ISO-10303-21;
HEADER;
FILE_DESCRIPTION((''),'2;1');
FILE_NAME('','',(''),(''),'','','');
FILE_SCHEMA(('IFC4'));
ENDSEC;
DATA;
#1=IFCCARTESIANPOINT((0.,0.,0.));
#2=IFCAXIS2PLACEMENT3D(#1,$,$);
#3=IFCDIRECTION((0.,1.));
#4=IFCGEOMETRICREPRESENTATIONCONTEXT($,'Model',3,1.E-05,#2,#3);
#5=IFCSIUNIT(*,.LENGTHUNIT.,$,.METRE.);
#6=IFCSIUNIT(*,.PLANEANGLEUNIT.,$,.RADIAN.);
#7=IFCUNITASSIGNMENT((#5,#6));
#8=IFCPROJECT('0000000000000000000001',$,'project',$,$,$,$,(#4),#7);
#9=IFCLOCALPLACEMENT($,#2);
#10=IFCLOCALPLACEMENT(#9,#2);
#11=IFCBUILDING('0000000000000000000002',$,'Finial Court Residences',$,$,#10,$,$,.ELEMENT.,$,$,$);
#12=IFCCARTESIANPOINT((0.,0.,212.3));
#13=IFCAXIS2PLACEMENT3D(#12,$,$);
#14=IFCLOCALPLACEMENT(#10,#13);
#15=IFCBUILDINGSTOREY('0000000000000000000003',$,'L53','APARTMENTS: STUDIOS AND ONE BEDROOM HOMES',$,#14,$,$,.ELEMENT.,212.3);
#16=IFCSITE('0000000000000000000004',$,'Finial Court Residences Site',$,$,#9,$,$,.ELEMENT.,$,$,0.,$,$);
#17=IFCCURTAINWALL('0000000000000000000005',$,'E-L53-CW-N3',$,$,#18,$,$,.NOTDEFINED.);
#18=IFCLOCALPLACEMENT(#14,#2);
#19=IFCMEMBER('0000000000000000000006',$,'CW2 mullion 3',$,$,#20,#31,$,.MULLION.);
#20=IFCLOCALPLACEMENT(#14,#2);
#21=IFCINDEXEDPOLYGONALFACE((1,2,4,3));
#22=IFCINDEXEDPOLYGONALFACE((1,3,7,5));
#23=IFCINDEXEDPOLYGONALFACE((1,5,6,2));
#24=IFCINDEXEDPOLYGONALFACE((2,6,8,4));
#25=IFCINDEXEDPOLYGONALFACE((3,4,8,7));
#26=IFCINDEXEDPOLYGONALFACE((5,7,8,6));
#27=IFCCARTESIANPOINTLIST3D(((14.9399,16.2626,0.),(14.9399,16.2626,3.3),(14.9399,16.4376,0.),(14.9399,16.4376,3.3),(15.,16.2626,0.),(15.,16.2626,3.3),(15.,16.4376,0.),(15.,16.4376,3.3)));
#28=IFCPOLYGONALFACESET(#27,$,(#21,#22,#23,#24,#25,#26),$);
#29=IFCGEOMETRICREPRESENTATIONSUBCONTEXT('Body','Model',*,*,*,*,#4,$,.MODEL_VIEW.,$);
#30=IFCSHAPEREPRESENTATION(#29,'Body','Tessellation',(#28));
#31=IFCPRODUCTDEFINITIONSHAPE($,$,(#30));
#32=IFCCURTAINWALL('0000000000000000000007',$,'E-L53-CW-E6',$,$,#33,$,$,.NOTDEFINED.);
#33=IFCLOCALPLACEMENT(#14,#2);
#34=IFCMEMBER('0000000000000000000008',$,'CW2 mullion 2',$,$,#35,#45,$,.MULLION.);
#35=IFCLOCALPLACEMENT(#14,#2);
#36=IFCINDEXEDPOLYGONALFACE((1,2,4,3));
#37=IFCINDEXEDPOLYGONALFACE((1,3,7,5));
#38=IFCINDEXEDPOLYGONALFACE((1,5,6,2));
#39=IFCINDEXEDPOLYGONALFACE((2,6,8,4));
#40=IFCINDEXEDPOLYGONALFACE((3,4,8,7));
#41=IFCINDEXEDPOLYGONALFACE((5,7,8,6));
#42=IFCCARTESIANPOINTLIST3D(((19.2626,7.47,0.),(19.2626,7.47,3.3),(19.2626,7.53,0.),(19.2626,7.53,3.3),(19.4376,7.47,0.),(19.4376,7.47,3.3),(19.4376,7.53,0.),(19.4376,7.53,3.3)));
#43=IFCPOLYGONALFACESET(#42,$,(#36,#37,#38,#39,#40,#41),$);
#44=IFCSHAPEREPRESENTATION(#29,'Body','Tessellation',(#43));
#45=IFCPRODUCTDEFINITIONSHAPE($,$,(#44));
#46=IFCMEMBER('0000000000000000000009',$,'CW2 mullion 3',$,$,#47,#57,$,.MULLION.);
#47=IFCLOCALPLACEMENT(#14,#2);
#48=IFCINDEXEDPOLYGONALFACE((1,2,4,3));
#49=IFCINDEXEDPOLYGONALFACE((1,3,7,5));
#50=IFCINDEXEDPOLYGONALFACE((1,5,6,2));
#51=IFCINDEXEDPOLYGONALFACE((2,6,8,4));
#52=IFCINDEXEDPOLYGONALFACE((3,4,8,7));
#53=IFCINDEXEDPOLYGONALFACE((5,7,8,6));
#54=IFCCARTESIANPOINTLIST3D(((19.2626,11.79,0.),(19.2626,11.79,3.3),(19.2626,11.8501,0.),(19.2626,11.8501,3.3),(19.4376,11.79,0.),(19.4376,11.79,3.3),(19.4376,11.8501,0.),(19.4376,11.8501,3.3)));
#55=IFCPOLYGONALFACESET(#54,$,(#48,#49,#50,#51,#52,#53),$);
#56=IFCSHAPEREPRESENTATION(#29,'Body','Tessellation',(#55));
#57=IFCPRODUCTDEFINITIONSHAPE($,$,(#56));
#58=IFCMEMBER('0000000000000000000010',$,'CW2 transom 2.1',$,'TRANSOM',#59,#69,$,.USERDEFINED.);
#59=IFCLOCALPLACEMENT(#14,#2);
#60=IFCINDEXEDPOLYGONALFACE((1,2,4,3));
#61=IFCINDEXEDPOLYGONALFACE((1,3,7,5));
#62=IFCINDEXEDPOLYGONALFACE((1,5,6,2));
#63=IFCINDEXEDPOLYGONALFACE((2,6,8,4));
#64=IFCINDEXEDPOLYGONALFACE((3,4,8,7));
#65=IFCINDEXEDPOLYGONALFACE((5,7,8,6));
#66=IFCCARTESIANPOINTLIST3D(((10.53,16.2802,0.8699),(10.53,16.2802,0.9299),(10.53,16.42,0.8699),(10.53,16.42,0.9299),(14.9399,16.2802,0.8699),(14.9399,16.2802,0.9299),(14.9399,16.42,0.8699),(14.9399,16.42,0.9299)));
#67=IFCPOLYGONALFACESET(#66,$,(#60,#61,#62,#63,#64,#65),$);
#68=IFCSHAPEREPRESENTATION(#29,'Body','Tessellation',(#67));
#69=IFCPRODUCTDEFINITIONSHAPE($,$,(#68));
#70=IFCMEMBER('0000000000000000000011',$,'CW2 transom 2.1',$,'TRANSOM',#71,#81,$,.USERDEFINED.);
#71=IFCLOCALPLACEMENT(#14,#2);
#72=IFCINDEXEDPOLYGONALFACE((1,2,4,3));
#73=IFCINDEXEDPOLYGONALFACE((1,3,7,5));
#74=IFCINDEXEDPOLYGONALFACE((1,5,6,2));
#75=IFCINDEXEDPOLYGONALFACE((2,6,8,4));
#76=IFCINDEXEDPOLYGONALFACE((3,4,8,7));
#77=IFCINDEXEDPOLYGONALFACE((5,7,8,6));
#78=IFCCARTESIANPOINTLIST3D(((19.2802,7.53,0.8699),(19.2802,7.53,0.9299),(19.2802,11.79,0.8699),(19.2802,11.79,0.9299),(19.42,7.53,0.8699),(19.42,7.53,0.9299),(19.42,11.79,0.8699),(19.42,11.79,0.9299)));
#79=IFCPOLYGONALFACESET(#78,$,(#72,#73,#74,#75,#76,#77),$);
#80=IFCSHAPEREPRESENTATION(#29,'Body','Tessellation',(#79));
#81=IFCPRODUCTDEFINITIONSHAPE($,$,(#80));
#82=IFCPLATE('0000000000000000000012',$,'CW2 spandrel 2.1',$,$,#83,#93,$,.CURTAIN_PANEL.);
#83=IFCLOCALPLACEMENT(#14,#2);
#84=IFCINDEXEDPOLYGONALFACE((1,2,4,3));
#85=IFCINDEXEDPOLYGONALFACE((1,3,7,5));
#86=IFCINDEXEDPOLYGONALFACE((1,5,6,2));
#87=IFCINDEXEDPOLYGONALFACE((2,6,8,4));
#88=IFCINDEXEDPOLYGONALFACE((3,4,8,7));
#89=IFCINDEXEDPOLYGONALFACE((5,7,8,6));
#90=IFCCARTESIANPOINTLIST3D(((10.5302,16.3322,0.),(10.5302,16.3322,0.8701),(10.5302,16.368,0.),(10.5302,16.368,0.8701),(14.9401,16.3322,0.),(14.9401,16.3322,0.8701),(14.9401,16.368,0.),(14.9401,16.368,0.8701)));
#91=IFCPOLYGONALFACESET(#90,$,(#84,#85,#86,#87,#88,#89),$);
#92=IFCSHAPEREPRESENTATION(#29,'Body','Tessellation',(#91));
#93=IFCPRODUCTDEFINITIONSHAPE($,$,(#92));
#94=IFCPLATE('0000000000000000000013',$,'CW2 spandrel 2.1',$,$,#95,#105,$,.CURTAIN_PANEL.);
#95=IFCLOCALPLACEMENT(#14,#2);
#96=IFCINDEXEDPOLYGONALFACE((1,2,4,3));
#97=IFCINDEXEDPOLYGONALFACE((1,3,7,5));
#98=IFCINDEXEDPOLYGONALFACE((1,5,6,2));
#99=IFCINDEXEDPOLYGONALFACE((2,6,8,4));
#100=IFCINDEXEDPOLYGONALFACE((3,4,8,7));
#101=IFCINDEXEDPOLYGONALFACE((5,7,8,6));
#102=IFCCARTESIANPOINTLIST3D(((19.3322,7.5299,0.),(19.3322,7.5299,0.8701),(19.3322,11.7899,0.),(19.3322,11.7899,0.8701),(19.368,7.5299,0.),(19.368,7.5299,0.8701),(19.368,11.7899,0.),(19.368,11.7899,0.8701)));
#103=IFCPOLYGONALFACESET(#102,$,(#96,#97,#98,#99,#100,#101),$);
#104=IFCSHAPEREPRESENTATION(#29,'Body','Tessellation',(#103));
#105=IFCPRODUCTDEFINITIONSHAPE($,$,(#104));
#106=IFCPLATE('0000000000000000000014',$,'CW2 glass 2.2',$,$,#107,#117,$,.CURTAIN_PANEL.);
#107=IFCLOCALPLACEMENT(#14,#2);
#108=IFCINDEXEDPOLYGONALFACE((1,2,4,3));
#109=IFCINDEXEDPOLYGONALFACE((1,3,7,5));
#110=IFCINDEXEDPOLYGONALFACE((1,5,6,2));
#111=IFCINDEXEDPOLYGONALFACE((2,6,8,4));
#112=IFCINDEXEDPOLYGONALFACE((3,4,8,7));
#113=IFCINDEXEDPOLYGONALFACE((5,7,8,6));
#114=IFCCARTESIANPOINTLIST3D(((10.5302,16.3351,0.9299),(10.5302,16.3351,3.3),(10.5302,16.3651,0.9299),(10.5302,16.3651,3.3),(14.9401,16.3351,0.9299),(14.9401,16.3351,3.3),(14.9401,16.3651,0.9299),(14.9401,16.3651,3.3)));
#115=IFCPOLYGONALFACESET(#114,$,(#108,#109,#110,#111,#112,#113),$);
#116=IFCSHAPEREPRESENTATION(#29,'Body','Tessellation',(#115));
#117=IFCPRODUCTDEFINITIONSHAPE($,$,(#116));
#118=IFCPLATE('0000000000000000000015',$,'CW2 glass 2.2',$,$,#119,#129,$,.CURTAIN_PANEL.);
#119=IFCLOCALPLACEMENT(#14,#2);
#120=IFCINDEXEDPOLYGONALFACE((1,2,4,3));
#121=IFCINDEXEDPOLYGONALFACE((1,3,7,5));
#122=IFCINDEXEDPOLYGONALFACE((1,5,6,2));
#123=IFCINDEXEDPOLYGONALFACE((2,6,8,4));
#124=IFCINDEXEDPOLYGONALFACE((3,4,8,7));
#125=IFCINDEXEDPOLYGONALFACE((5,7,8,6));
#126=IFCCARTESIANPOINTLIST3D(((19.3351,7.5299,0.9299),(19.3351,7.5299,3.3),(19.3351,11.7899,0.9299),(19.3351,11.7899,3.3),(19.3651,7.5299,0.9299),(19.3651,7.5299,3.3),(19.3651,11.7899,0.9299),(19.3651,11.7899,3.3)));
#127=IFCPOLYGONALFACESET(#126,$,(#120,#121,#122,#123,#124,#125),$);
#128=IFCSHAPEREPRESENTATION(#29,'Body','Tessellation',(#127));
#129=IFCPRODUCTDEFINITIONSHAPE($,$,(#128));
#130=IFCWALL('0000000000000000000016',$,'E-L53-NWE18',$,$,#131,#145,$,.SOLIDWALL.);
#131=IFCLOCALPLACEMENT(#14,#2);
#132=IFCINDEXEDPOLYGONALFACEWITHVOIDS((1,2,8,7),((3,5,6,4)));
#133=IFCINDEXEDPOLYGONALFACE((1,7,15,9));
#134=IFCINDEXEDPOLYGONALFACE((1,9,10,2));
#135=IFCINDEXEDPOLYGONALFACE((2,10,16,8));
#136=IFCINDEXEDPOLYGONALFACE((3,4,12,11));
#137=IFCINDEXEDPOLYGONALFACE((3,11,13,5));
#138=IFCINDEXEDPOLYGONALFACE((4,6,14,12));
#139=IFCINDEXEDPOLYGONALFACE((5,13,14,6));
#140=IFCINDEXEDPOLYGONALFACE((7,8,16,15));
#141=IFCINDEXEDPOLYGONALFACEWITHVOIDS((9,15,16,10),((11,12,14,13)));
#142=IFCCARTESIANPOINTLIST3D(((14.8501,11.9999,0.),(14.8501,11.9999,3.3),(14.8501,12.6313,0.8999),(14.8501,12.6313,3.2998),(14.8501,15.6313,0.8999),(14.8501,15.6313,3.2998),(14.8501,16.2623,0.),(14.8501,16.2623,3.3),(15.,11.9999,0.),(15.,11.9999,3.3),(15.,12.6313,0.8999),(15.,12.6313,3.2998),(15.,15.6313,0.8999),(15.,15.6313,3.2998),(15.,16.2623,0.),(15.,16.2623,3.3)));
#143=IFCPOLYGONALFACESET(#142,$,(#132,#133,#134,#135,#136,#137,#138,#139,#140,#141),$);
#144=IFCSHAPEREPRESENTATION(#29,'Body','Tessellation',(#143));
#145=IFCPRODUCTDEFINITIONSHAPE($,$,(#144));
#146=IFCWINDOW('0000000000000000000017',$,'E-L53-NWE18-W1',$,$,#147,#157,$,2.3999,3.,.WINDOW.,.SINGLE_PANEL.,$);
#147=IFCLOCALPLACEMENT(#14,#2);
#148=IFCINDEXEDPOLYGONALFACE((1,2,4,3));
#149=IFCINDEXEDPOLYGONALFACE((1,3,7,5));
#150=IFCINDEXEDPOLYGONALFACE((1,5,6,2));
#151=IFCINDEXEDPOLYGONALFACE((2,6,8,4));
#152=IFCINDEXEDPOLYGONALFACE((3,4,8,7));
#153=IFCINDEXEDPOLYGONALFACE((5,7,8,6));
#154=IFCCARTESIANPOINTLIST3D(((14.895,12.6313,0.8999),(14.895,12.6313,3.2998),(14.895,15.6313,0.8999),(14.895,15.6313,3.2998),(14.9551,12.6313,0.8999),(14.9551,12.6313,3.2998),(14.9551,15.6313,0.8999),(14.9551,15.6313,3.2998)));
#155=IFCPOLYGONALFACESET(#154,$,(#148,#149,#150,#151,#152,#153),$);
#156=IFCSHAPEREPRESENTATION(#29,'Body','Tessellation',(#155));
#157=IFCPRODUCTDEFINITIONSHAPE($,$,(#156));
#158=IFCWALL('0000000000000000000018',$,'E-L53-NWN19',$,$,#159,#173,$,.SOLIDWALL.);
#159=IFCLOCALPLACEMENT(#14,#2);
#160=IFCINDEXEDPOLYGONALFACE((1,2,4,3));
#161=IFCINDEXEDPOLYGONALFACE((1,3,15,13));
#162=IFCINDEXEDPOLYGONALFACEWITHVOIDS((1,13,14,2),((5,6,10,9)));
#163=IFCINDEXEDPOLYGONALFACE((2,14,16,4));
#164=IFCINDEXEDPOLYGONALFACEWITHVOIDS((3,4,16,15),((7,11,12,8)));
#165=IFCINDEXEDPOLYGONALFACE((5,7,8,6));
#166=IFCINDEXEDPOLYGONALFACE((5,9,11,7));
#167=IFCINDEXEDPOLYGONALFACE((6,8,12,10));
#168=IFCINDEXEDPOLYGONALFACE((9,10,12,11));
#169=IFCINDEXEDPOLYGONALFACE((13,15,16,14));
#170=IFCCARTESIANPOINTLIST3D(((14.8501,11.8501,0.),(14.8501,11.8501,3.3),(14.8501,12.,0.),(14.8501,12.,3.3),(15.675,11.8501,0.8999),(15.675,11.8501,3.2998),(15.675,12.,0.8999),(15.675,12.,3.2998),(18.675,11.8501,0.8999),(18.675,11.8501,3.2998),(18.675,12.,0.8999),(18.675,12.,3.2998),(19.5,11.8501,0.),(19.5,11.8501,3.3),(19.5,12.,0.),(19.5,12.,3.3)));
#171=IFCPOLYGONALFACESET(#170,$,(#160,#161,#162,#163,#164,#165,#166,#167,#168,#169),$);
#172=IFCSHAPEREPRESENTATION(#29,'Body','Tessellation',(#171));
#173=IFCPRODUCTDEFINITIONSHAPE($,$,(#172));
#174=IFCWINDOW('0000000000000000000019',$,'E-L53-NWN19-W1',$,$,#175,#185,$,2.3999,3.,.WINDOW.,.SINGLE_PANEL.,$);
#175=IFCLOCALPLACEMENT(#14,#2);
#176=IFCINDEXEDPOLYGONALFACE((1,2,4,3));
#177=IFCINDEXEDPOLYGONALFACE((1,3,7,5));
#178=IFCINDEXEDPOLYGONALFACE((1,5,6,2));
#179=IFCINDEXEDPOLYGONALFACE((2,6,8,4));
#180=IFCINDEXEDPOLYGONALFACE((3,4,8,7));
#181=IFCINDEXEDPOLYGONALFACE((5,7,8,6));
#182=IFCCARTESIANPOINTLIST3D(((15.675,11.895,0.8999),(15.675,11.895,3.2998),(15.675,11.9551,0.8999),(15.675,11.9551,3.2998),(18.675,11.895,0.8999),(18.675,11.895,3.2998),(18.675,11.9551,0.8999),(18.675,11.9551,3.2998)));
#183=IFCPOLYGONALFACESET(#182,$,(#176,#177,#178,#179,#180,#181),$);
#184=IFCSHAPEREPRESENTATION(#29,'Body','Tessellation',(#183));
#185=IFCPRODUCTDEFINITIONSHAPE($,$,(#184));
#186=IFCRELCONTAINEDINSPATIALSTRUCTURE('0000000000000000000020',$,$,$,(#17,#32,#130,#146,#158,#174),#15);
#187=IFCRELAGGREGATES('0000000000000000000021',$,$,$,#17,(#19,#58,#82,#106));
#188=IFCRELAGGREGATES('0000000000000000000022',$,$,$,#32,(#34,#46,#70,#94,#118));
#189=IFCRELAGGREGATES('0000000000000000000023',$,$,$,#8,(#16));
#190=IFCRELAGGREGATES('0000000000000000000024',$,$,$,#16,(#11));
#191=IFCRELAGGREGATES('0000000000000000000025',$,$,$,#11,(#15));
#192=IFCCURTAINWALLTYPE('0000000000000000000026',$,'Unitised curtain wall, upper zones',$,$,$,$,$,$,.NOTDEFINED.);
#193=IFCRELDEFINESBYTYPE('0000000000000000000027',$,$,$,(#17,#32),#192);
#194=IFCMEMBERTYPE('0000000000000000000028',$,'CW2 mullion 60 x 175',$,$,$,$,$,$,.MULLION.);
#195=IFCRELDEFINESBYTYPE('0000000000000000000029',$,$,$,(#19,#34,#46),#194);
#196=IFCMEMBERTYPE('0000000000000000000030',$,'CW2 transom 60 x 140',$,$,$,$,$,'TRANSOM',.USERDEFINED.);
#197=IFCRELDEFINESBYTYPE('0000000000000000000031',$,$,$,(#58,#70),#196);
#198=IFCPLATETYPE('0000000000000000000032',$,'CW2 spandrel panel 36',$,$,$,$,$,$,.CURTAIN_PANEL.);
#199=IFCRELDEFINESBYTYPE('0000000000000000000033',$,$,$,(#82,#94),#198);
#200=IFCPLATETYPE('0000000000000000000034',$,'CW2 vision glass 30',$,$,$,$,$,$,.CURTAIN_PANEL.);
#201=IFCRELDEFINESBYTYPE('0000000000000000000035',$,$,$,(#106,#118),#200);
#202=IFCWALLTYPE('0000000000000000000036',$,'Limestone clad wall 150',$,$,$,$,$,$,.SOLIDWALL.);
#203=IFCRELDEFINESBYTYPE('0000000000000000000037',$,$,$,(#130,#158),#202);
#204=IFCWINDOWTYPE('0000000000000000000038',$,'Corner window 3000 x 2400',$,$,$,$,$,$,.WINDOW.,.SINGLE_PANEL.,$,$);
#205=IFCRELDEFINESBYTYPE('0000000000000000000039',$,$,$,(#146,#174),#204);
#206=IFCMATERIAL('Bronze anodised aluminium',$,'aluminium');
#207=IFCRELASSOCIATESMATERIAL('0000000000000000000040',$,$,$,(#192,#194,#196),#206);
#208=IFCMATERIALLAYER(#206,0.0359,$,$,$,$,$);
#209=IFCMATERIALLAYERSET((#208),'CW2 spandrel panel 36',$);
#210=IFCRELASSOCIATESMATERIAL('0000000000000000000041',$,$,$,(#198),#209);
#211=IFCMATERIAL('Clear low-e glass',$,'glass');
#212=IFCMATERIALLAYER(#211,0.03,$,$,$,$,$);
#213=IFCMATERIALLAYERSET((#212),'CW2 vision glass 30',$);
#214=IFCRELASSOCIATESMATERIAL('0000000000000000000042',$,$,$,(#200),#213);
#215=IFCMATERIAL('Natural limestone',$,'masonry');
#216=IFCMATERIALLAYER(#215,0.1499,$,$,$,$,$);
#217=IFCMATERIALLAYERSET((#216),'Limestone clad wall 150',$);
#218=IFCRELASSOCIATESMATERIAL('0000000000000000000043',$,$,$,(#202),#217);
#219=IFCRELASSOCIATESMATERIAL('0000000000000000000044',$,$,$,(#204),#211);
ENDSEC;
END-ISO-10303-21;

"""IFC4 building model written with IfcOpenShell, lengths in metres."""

from ifc_helpers import new_model, si_unit, direction, frame, frame_2d, origin, origin_2d, place, context, subcontext, project, spatial, rectangle, extrude, material, layer, layer_set, material_profile, profile_set, type_object, element, fill, aggregate, save


model = new_model("IFC4")

# Units and contexts
model_context = context("Model", 3, precision=1e-05, world=origin(), true_north=direction((0.0, 1.0)))
body_context = subcontext(model_context, "Body", "Model", "MODEL_VIEW")
ifc_project = project(units=[si_unit("LENGTHUNIT", "METRE"), si_unit("PLANEANGLEUNIT", "RADIAN")], contexts=[model_context])

# Site, building, storey
site_placement = place(None, origin())
site = spatial("IfcSite", under=ifc_project, at=site_placement, Name="Finial Court Residences Site", CompositionType="ELEMENT", RefElevation=0.0)
building_placement = place(site_placement, origin())
building = spatial("IfcBuilding", under=site, at=building_placement, Name="Finial Court Residences", CompositionType="ELEMENT")
storey_placement = place(building_placement, frame((0.0, 0.0, 212.3)))
storey = spatial("IfcBuildingStorey", under=building, at=storey_placement, Name="L53", Description="APARTMENTS: STUDIOS AND ONE BEDROOM HOMES", CompositionType="ELEMENT", Elevation=212.3)

# Curtain wall, member
ifc_material_1 = material(Name="Bronze anodised aluminium", Category="aluminium")
curtain_wall_type = type_object("IfcCurtainWallType", Name="Unitised curtain wall, upper zones", PredefinedType="NOTDEFINED", material=ifc_material_1)
curtain_wall_1_placement = place(storey_placement, origin())
curtain_wall_1 = element("IfcCurtainWall", 1, at=curtain_wall_1_placement, inside=storey, type_object=curtain_wall_type, Name="E-L53-CW-N3", PredefinedType="NOTDEFINED")
ifc_material_profile_1 = material_profile(ifc_material_1, rectangle(XDim=0.175, YDim=0.0601, at=origin_2d()), Name="CW2 mullion 60 x 175")
ifc_profile_set_1 = profile_set([ifc_material_profile_1], Name="Bronze anodised aluminium")
member_type_1 = type_object("IfcMemberType", Name="CW2 mullion 60 x 175", PredefinedType="MULLION", material=ifc_profile_set_1)
member_1_placement = place(storey_placement, frame((14.97, 16.3501, 0.0), z_axis=(0.0, 0.0, 1.0), x_axis=(0.0, 1.0, 0.0)))
member_1 = element("IfcMember", 2, at=member_1_placement, type_object=member_type_1, Name="CW2 mullion 3", PredefinedType="MULLION", context=body_context, shape_type="SweptSolid", body=[
    extrude(rectangle(XDim=0.175, YDim=0.0601, at=origin_2d()), origin(), (0.0, 0.0, 1.0), 3.3),
])

# Curtain wall, members
curtain_wall_2_placement = place(storey_placement, origin())
curtain_wall_2 = element("IfcCurtainWall", 3, at=curtain_wall_2_placement, inside=storey, type_object=curtain_wall_type, Name="E-L53-CW-E6", PredefinedType="NOTDEFINED")
member_2_placement = place(storey_placement, frame((19.3501, 7.5, 0.0), z_axis=(0.0, 0.0, 1.0), x_axis=(-1.0, 0.0, 0.0)))
member_2 = element("IfcMember", 4, at=member_2_placement, type_object=member_type_1, Name="CW2 mullion 2", PredefinedType="MULLION", context=body_context, shape_type="SweptSolid", body=[
    extrude(rectangle(XDim=0.175, YDim=0.0601, at=origin_2d()), origin(), (0.0, 0.0, 1.0), 3.3),
])
member_3_placement = place(storey_placement, frame((19.3501, 11.8201, 0.0), z_axis=(0.0, 0.0, 1.0), x_axis=(-1.0, 0.0, 0.0)))
member_3 = element("IfcMember", 5, at=member_3_placement, type_object=member_type_1, Name="CW2 mullion 3", PredefinedType="MULLION", context=body_context, shape_type="SweptSolid", body=[
    extrude(rectangle(XDim=0.175, YDim=0.0601, at=origin_2d()), origin(), (0.0, 0.0, 1.0), 3.3),
])

# Members
ifc_material_profile_2 = material_profile(ifc_material_1, rectangle(XDim=0.1399, YDim=0.0601, at=origin_2d()), Name="CW2 transom 60 x 140")
ifc_profile_set_2 = profile_set([ifc_material_profile_2], Name="Bronze anodised aluminium")
member_type_2 = type_object("IfcMemberType", Name="CW2 transom 60 x 140", ElementType="TRANSOM", PredefinedType="USERDEFINED", material=ifc_profile_set_2)
member_4_placement = place(storey_placement, frame((10.53, 16.3501, 0.8999), z_axis=(1.0, 0.0, 0.0), x_axis=(0.0, 1.0, 0.0)))
member_4 = element("IfcMember", 6, at=member_4_placement, type_object=member_type_2, Name="CW2 transom 2.1", ObjectType="TRANSOM", PredefinedType="USERDEFINED", context=body_context, shape_type="SweptSolid", body=[
    extrude(rectangle(XDim=0.1399, YDim=0.0601, at=origin_2d()), origin(), (0.0, 0.0, 1.0), 4.4099),
])
member_5_placement = place(storey_placement, frame((19.3501, 7.53, 0.8999), z_axis=(0.0, 1.0, 0.0), x_axis=(-1.0, 0.0, 0.0)))
member_5 = element("IfcMember", 7, at=member_5_placement, type_object=member_type_2, Name="CW2 transom 2.1", ObjectType="TRANSOM", PredefinedType="USERDEFINED", context=body_context, shape_type="SweptSolid", body=[
    extrude(rectangle(XDim=0.1399, YDim=0.0601, at=origin_2d()), origin(), (0.0, 0.0, 1.0), 4.26),
])

# Plates
ifc_layer_1 = layer(ifc_material_1, 0.0359)
ifc_layer_set_1 = layer_set([ifc_layer_1], Name="CW2 spandrel panel 36")
plate_type_1 = type_object("IfcPlateType", Name="CW2 spandrel panel 36", PredefinedType="CURTAIN_PANEL", material=ifc_layer_set_1)
plate_1_placement = place(storey_placement, frame((12.7351, 16.3501, 0.0), z_axis=(0.0, 0.0, 1.0), x_axis=(1.0, 0.0, 0.0)))
plate_1 = element("IfcPlate", 8, at=plate_1_placement, type_object=plate_type_1, Name="CW2 spandrel 2.1", PredefinedType="CURTAIN_PANEL", context=body_context, shape_type="SweptSolid", body=[
    extrude(rectangle(XDim=4.4099, YDim=0.0359, at=origin_2d()), origin(), (0.0, 0.0, 1.0), 0.8701),
])
plate_2_placement = place(storey_placement, frame((19.3501, 9.6599, 0.0), z_axis=(0.0, 0.0, 1.0), x_axis=(0.0, 1.0, 0.0)))
plate_2 = element("IfcPlate", 9, at=plate_2_placement, type_object=plate_type_1, Name="CW2 spandrel 2.1", PredefinedType="CURTAIN_PANEL", context=body_context, shape_type="SweptSolid", body=[
    extrude(rectangle(XDim=4.26, YDim=0.0359, at=origin_2d()), origin(), (0.0, 0.0, 1.0), 0.8701),
])
ifc_material_2 = material(Name="Clear low-e glass", Category="glass")
ifc_layer_2 = layer(ifc_material_2, 0.03)
ifc_layer_set_2 = layer_set([ifc_layer_2], Name="CW2 vision glass 30")
plate_type_2 = type_object("IfcPlateType", Name="CW2 vision glass 30", PredefinedType="CURTAIN_PANEL", material=ifc_layer_set_2)
plate_3_placement = place(storey_placement, frame((12.7351, 16.3501, 0.9299), z_axis=(0.0, 0.0, 1.0), x_axis=(1.0, 0.0, 0.0)))
plate_3 = element("IfcPlate", 10, at=plate_3_placement, type_object=plate_type_2, Name="CW2 glass 2.2", PredefinedType="CURTAIN_PANEL", context=body_context, shape_type="SweptSolid", body=[
    extrude(rectangle(XDim=4.4099, YDim=0.03, at=origin_2d()), origin(), (0.0, 0.0, 1.0), 2.3701),
])
aggregate(curtain_wall_1, [member_1, member_4, plate_1, plate_3])
plate_4_placement = place(storey_placement, frame((19.3501, 9.6599, 0.9299), z_axis=(0.0, 0.0, 1.0), x_axis=(0.0, 1.0, 0.0)))
plate_4 = element("IfcPlate", 11, at=plate_4_placement, type_object=plate_type_2, Name="CW2 glass 2.2", PredefinedType="CURTAIN_PANEL", context=body_context, shape_type="SweptSolid", body=[
    extrude(rectangle(XDim=4.26, YDim=0.03, at=origin_2d()), origin(), (0.0, 0.0, 1.0), 2.3701),
])
aggregate(curtain_wall_2, [member_2, member_3, member_5, plate_2, plate_4])

# Walls, openings, windows
ifc_material_3 = material(Name="Natural limestone", Category="masonry")
ifc_layer_3 = layer(ifc_material_3, 0.1499)
ifc_layer_set_3 = layer_set([ifc_layer_3], Name="Limestone clad wall 150")
wall_type = type_object("IfcWallType", Name="Limestone clad wall 150", PredefinedType="SOLIDWALL", material=ifc_layer_set_3)
wall_1_placement = place(storey_placement, frame((14.925, 16.2625, 0.0), z_axis=(0.0, 0.0, 1.0), x_axis=(0.0, -1.0, 0.0)))
wall_1 = element("IfcWall", 12, at=wall_1_placement, inside=storey, type_object=wall_type, Name="E-L53-NWE18", PredefinedType="SOLIDWALL", context=body_context, shape_type="SweptSolid", body=[
    extrude(rectangle(XDim=4.2625, YDim=0.1499, at=frame_2d((2.1313, 0.0))), origin(), (0.0, 0.0, 1.0), 3.3),
])
opening_1_placement = place(wall_1_placement, frame((0.6311, 0.0, 0.8999)))
opening_1 = element("IfcOpeningElement", 13, at=opening_1_placement, cuts=wall_1, PredefinedType="OPENING", context=body_context, shape_type="SweptSolid", body=[
    extrude(rectangle(XDim=3.0, YDim=2.3999, at=frame_2d((1.5, 1.2))), frame((0.0, 0.085, 0.0), z_axis=(0.0, -1.0, 0.0), x_axis=(1.0, 0.0, 0.0)), (0.0, 0.0, 1.0), 0.1699),
])
window_type = type_object("IfcWindowType", Name="Corner window 3000 x 2400", PartitioningType="SINGLE_PANEL", PredefinedType="WINDOW", material=ifc_material_2)
window_1_placement = place(opening_1_placement, origin())
window_1 = element("IfcWindow", 14, at=window_1_placement, inside=storey, type_object=window_type, Name="E-L53-NWE18-W1", OverallHeight=2.3999, OverallWidth=3.0, PartitioningType="SINGLE_PANEL", PredefinedType="WINDOW", context=body_context, shape_type="SweptSolid", body=[
    extrude(rectangle(XDim=3.0, YDim=2.3999, at=frame_2d((1.5, 1.2))), frame((0.0, 0.03, 0.0), z_axis=(0.0, -1.0, 0.0), x_axis=(1.0, 0.0, 0.0)), (0.0, 0.0, 1.0), 0.0601),
])
fill(opening_1, window_1)
wall_2_placement = place(storey_placement, frame((14.8501, 11.925, 0.0), z_axis=(0.0, 0.0, 1.0), x_axis=(1.0, 0.0, 0.0)))
wall_2 = element("IfcWall", 15, at=wall_2_placement, inside=storey, type_object=wall_type, Name="E-L53-NWN19", PredefinedType="SOLIDWALL", context=body_context, shape_type="SweptSolid", body=[
    extrude(rectangle(XDim=4.6499, YDim=0.1499, at=frame_2d((2.325, 0.0))), origin(), (0.0, 0.0, 1.0), 3.3),
])
opening_2_placement = place(wall_2_placement, frame((0.825, 0.0, 0.8999)))
opening_2 = element("IfcOpeningElement", 16, at=opening_2_placement, cuts=wall_2, PredefinedType="OPENING", context=body_context, shape_type="SweptSolid", body=[
    extrude(rectangle(XDim=3.0, YDim=2.3999, at=frame_2d((1.5, 1.2))), frame((0.0, 0.085, 0.0), z_axis=(0.0, -1.0, 0.0), x_axis=(1.0, 0.0, 0.0)), (0.0, 0.0, 1.0), 0.1699),
])
window_2_placement = place(opening_2_placement, origin())
window_2 = element("IfcWindow", 17, at=window_2_placement, inside=storey, type_object=window_type, Name="E-L53-NWN19-W1", OverallHeight=2.3999, OverallWidth=3.0, PartitioningType="SINGLE_PANEL", PredefinedType="WINDOW", context=body_context, shape_type="SweptSolid", body=[
    extrude(rectangle(XDim=3.0, YDim=2.3999, at=frame_2d((1.5, 1.2))), frame((0.0, 0.03, 0.0), z_axis=(0.0, -1.0, 0.0), x_axis=(1.0, 0.0, 0.0)), (0.0, 0.0, 1.0), 0.0601),
])
fill(opening_2, window_2)

save(model, "model.ifc")
